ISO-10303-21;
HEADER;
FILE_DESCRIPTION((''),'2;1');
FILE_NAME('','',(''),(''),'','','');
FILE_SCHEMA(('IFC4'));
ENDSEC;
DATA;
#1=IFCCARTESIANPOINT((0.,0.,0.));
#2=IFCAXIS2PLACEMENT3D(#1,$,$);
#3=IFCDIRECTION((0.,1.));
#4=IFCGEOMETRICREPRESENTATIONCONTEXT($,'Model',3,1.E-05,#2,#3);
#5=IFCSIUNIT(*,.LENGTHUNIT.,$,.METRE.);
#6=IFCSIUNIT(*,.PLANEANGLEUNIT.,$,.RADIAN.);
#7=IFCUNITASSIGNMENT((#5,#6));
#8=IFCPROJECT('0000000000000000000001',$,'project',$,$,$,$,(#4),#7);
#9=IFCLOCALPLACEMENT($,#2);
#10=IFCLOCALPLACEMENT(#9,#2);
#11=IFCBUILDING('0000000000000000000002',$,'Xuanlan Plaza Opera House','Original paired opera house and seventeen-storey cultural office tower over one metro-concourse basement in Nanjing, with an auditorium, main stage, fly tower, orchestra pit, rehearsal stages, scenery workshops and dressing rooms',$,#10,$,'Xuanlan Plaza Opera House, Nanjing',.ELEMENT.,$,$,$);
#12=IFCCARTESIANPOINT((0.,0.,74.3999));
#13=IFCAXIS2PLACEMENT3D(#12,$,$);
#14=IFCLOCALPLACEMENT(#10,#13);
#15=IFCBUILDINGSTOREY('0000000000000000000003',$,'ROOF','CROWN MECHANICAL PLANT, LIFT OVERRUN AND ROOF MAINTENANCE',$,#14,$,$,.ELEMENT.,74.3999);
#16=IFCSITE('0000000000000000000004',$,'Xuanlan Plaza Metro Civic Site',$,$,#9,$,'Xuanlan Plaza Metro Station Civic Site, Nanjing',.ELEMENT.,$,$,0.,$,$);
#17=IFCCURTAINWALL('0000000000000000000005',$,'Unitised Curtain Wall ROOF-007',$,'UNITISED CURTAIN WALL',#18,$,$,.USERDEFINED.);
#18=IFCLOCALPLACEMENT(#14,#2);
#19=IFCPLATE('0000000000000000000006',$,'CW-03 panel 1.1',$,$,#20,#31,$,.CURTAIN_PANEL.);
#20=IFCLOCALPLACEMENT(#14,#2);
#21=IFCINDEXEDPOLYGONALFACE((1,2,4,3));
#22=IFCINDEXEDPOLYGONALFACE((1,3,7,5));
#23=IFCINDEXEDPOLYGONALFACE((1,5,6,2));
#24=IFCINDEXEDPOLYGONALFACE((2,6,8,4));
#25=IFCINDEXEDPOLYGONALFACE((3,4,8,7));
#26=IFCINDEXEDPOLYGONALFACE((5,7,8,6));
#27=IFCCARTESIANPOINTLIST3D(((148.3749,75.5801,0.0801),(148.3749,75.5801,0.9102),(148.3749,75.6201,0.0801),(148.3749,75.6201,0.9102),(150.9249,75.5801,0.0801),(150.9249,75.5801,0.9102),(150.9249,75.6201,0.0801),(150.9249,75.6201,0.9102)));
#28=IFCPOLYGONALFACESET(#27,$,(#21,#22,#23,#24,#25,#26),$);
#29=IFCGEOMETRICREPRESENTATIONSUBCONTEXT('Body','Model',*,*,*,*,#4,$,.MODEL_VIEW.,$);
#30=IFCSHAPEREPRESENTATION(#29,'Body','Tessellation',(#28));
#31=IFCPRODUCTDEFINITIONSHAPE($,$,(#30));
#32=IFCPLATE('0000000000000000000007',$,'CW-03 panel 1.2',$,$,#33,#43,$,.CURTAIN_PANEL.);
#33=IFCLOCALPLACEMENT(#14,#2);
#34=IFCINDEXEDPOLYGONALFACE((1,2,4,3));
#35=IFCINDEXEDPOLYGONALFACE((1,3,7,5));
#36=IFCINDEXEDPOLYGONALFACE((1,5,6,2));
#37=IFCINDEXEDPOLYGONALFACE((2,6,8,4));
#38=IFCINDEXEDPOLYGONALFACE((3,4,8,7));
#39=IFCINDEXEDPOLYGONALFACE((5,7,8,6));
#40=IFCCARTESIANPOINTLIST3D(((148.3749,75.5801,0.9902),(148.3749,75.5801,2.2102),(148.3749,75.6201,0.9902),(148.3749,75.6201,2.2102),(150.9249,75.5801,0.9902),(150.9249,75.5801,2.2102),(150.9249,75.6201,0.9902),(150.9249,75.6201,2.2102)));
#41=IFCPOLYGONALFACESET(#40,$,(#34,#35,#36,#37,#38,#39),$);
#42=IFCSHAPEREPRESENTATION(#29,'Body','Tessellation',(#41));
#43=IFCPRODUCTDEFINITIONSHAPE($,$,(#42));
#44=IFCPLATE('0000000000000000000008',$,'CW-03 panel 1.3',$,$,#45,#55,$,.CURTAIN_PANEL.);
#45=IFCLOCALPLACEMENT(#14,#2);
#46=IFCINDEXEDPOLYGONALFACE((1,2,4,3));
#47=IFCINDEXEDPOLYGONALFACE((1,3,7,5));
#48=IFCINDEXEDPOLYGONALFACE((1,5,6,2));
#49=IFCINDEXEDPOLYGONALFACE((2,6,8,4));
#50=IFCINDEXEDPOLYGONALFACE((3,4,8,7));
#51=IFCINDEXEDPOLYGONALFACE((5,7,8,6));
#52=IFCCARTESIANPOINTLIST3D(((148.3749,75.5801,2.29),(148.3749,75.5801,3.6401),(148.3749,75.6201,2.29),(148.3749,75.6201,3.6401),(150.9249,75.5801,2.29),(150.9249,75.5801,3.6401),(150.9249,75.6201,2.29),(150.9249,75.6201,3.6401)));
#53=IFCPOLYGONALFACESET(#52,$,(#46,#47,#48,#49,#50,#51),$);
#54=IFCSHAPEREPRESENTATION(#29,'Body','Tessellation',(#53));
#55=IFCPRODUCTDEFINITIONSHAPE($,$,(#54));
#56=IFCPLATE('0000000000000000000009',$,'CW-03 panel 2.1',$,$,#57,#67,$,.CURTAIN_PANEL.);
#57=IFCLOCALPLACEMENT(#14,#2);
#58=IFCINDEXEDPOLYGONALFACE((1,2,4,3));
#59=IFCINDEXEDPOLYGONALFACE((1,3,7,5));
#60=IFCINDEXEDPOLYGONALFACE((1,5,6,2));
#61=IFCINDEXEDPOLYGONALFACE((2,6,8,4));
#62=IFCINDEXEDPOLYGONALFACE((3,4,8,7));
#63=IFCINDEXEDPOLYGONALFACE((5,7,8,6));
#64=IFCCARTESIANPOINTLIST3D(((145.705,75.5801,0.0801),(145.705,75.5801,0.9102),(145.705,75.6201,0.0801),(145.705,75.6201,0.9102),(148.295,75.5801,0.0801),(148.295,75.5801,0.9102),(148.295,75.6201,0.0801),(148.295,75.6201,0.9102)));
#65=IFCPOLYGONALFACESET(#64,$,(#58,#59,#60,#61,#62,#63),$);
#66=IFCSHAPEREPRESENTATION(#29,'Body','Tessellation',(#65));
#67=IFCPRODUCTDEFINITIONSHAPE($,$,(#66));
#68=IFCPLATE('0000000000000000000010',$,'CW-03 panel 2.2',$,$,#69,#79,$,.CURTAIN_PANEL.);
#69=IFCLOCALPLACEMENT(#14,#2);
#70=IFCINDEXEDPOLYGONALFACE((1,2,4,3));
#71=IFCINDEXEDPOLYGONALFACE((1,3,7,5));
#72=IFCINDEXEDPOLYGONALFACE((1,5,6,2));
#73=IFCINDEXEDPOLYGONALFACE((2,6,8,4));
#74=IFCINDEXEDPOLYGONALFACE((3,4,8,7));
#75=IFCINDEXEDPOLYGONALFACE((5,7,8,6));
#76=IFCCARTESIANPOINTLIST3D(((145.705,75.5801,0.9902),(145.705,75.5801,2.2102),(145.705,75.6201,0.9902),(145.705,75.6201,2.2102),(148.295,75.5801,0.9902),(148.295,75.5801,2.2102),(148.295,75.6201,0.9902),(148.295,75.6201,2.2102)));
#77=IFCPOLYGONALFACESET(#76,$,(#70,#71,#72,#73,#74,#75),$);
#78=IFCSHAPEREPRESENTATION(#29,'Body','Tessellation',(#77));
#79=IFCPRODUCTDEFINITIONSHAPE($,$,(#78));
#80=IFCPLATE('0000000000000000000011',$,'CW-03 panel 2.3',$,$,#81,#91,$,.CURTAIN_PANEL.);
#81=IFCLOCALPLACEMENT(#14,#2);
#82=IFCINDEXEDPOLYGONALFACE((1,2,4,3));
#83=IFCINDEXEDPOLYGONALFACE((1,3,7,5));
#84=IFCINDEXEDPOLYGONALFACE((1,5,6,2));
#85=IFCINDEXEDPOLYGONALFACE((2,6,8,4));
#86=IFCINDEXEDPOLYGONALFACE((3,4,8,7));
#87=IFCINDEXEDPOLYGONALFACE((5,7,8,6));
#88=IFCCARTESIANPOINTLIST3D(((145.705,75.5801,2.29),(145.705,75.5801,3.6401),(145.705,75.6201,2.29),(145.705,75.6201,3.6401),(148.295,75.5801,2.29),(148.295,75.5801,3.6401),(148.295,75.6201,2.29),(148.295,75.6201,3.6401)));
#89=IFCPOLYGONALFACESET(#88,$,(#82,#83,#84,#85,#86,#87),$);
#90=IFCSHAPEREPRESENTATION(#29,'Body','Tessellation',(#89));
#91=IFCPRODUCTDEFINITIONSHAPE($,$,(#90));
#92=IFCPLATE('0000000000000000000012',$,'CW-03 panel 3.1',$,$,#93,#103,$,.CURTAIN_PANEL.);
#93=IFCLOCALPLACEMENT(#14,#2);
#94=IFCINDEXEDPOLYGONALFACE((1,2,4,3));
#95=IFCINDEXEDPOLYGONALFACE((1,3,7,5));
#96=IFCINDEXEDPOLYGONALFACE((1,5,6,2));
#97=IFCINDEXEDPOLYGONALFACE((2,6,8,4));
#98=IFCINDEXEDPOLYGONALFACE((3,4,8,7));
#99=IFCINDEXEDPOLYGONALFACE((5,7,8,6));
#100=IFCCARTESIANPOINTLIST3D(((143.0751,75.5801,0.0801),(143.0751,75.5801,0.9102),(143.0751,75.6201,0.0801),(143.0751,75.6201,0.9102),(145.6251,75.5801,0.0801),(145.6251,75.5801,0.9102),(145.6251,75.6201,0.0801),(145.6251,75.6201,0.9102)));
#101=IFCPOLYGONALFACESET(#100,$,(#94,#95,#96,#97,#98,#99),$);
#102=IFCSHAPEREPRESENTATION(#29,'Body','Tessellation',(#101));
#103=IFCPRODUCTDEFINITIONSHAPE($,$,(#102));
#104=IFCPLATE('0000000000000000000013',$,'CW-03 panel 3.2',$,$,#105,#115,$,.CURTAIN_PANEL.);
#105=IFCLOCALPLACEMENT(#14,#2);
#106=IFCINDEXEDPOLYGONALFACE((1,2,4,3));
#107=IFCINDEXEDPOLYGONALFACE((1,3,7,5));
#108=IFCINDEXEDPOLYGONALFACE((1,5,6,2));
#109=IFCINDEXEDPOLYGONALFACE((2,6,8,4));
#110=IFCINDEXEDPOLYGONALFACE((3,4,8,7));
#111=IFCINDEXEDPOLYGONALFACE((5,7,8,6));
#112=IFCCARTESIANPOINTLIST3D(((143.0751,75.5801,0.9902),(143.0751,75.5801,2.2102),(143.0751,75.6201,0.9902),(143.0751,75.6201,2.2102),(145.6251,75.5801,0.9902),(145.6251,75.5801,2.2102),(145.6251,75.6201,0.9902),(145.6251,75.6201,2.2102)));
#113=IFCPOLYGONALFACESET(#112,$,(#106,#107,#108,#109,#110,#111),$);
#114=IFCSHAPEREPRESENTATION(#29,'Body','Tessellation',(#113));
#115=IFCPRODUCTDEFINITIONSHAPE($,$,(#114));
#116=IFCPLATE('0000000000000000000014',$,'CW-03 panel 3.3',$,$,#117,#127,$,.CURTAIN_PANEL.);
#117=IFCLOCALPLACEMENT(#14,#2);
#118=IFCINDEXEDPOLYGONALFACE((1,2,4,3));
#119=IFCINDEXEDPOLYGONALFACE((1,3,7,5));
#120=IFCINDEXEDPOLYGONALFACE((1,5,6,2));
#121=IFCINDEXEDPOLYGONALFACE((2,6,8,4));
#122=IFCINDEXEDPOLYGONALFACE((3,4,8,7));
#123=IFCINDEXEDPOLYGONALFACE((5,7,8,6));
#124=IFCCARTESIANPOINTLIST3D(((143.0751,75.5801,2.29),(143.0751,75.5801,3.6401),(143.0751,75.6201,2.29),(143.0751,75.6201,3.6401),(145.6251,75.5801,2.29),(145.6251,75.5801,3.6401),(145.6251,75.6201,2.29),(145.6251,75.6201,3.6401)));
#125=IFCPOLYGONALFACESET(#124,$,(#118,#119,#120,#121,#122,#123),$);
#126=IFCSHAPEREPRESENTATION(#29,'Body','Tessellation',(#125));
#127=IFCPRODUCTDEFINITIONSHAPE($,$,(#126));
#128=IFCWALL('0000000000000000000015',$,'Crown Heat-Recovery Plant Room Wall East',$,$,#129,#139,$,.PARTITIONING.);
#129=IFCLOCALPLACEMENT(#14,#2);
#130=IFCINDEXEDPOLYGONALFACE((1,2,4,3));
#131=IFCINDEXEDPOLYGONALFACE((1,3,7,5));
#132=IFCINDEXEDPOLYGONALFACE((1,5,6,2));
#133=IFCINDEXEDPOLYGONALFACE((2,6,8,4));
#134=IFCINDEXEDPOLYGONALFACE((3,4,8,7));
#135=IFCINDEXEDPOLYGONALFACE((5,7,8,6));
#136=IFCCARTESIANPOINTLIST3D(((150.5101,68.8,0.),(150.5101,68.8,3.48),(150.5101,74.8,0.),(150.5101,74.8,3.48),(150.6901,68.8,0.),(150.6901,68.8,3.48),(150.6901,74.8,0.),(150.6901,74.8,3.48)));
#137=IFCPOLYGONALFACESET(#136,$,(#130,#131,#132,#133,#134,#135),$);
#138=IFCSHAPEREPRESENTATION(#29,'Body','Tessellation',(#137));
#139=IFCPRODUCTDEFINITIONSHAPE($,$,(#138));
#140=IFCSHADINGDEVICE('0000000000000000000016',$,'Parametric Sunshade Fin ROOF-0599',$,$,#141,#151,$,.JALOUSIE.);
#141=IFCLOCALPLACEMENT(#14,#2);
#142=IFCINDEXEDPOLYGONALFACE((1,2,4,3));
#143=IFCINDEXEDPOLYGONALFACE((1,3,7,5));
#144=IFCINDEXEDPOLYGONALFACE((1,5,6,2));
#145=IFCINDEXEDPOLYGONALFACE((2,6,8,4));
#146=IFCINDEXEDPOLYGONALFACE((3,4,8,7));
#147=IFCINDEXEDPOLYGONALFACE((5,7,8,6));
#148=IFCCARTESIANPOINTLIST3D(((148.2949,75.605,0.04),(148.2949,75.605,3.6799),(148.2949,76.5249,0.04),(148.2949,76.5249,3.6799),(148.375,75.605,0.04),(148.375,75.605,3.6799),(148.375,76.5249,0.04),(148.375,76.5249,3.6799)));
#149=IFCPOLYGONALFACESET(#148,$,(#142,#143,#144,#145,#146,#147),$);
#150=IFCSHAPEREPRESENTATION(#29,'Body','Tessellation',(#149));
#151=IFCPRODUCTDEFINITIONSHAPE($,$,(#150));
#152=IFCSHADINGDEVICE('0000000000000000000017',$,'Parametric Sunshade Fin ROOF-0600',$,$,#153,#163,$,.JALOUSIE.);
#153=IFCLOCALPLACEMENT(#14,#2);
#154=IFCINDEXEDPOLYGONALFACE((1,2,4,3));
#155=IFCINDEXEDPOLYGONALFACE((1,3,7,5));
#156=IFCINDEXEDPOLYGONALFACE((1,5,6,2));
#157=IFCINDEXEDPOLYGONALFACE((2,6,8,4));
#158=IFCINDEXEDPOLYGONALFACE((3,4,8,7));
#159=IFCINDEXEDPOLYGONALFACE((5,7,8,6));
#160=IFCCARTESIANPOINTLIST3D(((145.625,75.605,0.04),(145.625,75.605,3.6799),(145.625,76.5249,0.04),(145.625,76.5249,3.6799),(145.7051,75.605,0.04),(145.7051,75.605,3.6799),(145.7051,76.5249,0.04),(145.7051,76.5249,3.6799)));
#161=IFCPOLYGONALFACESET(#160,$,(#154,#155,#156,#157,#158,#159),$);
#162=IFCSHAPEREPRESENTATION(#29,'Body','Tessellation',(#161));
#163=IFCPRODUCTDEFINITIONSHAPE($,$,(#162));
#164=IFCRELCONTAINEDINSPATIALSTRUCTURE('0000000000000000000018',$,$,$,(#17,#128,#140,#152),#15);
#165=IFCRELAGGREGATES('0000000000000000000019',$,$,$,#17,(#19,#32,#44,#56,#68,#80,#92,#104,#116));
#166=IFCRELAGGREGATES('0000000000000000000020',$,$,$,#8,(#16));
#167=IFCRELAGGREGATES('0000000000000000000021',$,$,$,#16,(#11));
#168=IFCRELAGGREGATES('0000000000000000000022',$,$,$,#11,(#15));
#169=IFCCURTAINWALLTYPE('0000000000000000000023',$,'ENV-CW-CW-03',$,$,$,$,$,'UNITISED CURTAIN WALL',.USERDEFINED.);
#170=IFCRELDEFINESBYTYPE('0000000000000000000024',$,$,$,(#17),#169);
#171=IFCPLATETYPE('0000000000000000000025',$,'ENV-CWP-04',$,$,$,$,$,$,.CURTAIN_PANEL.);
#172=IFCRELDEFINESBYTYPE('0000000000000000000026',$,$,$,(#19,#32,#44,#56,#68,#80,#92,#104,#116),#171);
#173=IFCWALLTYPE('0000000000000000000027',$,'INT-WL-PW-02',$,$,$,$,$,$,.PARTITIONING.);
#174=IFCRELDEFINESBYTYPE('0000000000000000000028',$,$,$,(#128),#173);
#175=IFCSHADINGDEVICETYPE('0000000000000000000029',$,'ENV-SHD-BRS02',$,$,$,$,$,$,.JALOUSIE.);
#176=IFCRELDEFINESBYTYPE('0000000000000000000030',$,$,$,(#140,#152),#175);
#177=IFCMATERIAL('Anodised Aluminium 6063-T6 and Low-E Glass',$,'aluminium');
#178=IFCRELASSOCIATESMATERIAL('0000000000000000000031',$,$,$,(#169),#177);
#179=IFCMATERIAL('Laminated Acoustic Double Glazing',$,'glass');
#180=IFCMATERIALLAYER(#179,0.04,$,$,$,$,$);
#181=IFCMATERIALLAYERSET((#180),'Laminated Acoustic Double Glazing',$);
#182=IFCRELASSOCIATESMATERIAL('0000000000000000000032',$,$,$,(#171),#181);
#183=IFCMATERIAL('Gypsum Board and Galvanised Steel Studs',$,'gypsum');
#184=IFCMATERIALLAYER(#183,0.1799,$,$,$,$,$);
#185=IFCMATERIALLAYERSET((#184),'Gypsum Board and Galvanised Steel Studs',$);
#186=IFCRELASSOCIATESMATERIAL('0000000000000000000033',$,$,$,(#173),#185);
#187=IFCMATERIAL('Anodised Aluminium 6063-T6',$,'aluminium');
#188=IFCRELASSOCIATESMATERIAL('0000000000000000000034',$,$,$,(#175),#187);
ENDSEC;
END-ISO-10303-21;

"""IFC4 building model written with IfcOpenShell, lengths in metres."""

from ifc_helpers import new_model, si_unit, direction, frame, frame_2d, origin, origin_2d, place, context, subcontext, project, spatial, rectangle, extrude, material, layer, layer_set, type_object, element, aggregate, save


model = new_model("IFC4")

# Units and contexts
model_context = context("Model", 3, precision=1e-05, world=origin(), true_north=direction((0.0, 1.0)))
body_context = subcontext(model_context, "Body", "Model", "MODEL_VIEW")
ifc_project = project(units=[si_unit("LENGTHUNIT", "METRE"), si_unit("PLANEANGLEUNIT", "RADIAN")], contexts=[model_context])

# Site, building, storey
site_placement = place(None, origin())
site = spatial("IfcSite", under=ifc_project, at=site_placement, Name="Xuanlan Plaza Metro Civic Site", LongName="Xuanlan Plaza Metro Station Civic Site, Nanjing", CompositionType="ELEMENT", RefElevation=0.0)
building_placement = place(site_placement, origin())
building = spatial("IfcBuilding", under=site, at=building_placement, Name="Xuanlan Plaza Opera House", Description="Original paired opera house and seventeen-storey cultural office tower over one metro-concourse basement in Nanjing, with an auditorium, main stage, fly tower, orchestra pit, rehearsal stages, scenery workshops and dressing rooms", LongName="Xuanlan Plaza Opera House, Nanjing", CompositionType="ELEMENT")
storey_placement = place(building_placement, frame((0.0, 0.0, 74.3999)))
storey = spatial("IfcBuildingStorey", under=building, at=storey_placement, Name="ROOF", Description="CROWN MECHANICAL PLANT, LIFT OVERRUN AND ROOF MAINTENANCE", CompositionType="ELEMENT", Elevation=74.3999)

# Curtain wall, plates
ifc_material_1 = material(Name="Anodised Aluminium 6063-T6 and Low-E Glass", Category="aluminium")
curtain_wall_type = type_object("IfcCurtainWallType", Name="ENV-CW-CW-03", ElementType="UNITISED CURTAIN WALL", PredefinedType="USERDEFINED", material=ifc_material_1)
curtain_wall_placement = place(storey_placement, origin())
curtain_wall = element("IfcCurtainWall", 1, at=curtain_wall_placement, inside=storey, type_object=curtain_wall_type, Name="Unitised Curtain Wall ROOF-007", ObjectType="UNITISED CURTAIN WALL", PredefinedType="USERDEFINED")
ifc_material_2 = material(Name="Anodised Aluminium 6063-T6", Category="aluminium")
ifc_material_3 = material(Name="Laminated Acoustic Double Glazing", Category="glass")
ifc_layer_1 = layer(ifc_material_3, 0.04)
ifc_layer_set_1 = layer_set([ifc_layer_1], Name="Laminated Acoustic Double Glazing")
plate_type = type_object("IfcPlateType", Name="ENV-CWP-04", PredefinedType="CURTAIN_PANEL", material=ifc_layer_set_1)
plate_1_placement = place(storey_placement, frame((149.6499, 75.6001, 0.0801), z_axis=(0.0, 0.0, 1.0), x_axis=(-1.0, 0.0, 0.0)))
plate_1 = element("IfcPlate", 2, at=plate_1_placement, type_object=plate_type, Name="CW-03 panel 1.1", PredefinedType="CURTAIN_PANEL", context=body_context, shape_type="SweptSolid", body=[
    extrude(rectangle(XDim=2.55, YDim=0.04, at=origin_2d()), origin(), (0.0, 0.0, 1.0), 0.8301),
])
plate_2_placement = place(storey_placement, frame((149.6499, 75.6001, 0.9902), z_axis=(0.0, 0.0, 1.0), x_axis=(-1.0, 0.0, 0.0)))
plate_2 = element("IfcPlate", 3, at=plate_2_placement, type_object=plate_type, Name="CW-03 panel 1.2", PredefinedType="CURTAIN_PANEL", context=body_context, shape_type="SweptSolid", body=[
    extrude(rectangle(XDim=2.55, YDim=0.04, at=origin_2d()), origin(), (0.0, 0.0, 1.0), 1.22),
])
plate_3_placement = place(storey_placement, frame((149.6499, 75.6001, 2.29), z_axis=(0.0, 0.0, 1.0), x_axis=(-1.0, 0.0, 0.0)))
plate_3 = element("IfcPlate", 4, at=plate_3_placement, type_object=plate_type, Name="CW-03 panel 1.3", PredefinedType="CURTAIN_PANEL", context=body_context, shape_type="SweptSolid", body=[
    extrude(rectangle(XDim=2.55, YDim=0.04, at=origin_2d()), origin(), (0.0, 0.0, 1.0), 1.3501),
])
plate_4_placement = place(storey_placement, frame((147.0, 75.6001, 0.0801), z_axis=(0.0, 0.0, 1.0), x_axis=(-1.0, 0.0, 0.0)))
plate_4 = element("IfcPlate", 5, at=plate_4_placement, type_object=plate_type, Name="CW-03 panel 2.1", PredefinedType="CURTAIN_PANEL", context=body_context, shape_type="SweptSolid", body=[
    extrude(rectangle(XDim=2.5901, YDim=0.04, at=origin_2d()), origin(), (0.0, 0.0, 1.0), 0.8301),
])
plate_5_placement = place(storey_placement, frame((147.0, 75.6001, 0.9902), z_axis=(0.0, 0.0, 1.0), x_axis=(-1.0, 0.0, 0.0)))
plate_5 = element("IfcPlate", 6, at=plate_5_placement, type_object=plate_type, Name="CW-03 panel 2.2", PredefinedType="CURTAIN_PANEL", context=body_context, shape_type="SweptSolid", body=[
    extrude(rectangle(XDim=2.5901, YDim=0.04, at=origin_2d()), origin(), (0.0, 0.0, 1.0), 1.22),
])
plate_6_placement = place(storey_placement, frame((147.0, 75.6001, 2.29), z_axis=(0.0, 0.0, 1.0), x_axis=(-1.0, 0.0, 0.0)))
plate_6 = element("IfcPlate", 7, at=plate_6_placement, type_object=plate_type, Name="CW-03 panel 2.3", PredefinedType="CURTAIN_PANEL", context=body_context, shape_type="SweptSolid", body=[
    extrude(rectangle(XDim=2.5901, YDim=0.04, at=origin_2d()), origin(), (0.0, 0.0, 1.0), 1.3501),
])
plate_7_placement = place(storey_placement, frame((144.3501, 75.6001, 0.0801), z_axis=(0.0, 0.0, 1.0), x_axis=(-1.0, 0.0, 0.0)))
plate_7 = element("IfcPlate", 8, at=plate_7_placement, type_object=plate_type, Name="CW-03 panel 3.1", PredefinedType="CURTAIN_PANEL", context=body_context, shape_type="SweptSolid", body=[
    extrude(rectangle(XDim=2.55, YDim=0.04, at=origin_2d()), origin(), (0.0, 0.0, 1.0), 0.8301),
])
plate_8_placement = place(storey_placement, frame((144.3501, 75.6001, 0.9902), z_axis=(0.0, 0.0, 1.0), x_axis=(-1.0, 0.0, 0.0)))
plate_8 = element("IfcPlate", 9, at=plate_8_placement, type_object=plate_type, Name="CW-03 panel 3.2", PredefinedType="CURTAIN_PANEL", context=body_context, shape_type="SweptSolid", body=[
    extrude(rectangle(XDim=2.55, YDim=0.04, at=origin_2d()), origin(), (0.0, 0.0, 1.0), 1.22),
])
plate_9_placement = place(storey_placement, frame((144.3501, 75.6001, 2.29), z_axis=(0.0, 0.0, 1.0), x_axis=(-1.0, 0.0, 0.0)))
plate_9 = element("IfcPlate", 10, at=plate_9_placement, type_object=plate_type, Name="CW-03 panel 3.3", PredefinedType="CURTAIN_PANEL", context=body_context, shape_type="SweptSolid", body=[
    extrude(rectangle(XDim=2.55, YDim=0.04, at=origin_2d()), origin(), (0.0, 0.0, 1.0), 1.3501),
])
aggregate(curtain_wall, [plate_1, plate_2, plate_3, plate_4, plate_5, plate_6, plate_7, plate_8, plate_9])

# Wall
ifc_material_4 = material(Name="Gypsum Board and Galvanised Steel Studs", Category="gypsum")
ifc_layer_2 = layer(ifc_material_4, 0.1799)
ifc_layer_set_2 = layer_set([ifc_layer_2], Name="Gypsum Board and Galvanised Steel Studs")
wall_type = type_object("IfcWallType", Name="INT-WL-PW-02", PredefinedType="PARTITIONING", material=ifc_layer_set_2)
wall_placement = place(storey_placement, frame((150.6001, 68.8, 0.0), z_axis=(0.0, 0.0, 1.0), x_axis=(0.0, 1.0, 0.0)))
element("IfcWall", 11, at=wall_placement, inside=storey, type_object=wall_type, Name="Crown Heat-Recovery Plant Room Wall East", PredefinedType="PARTITIONING", context=body_context, shape_type="SweptSolid", body=[
    extrude(rectangle(XDim=6.0, YDim=0.1799, at=frame_2d((3.0, 0.0))), origin(), (0.0, 0.0, 1.0), 3.48),
])

# Shading devices
shading_device_type = type_object("IfcShadingDeviceType", Name="ENV-SHD-BRS02", PredefinedType="JALOUSIE", material=ifc_material_2)
for number, where, z_axis, x_axis, name in (
    (12, (148.335, 76.0649, 0.04), (0.0, 0.0, 1.0), (0.0, 1.0, 0.0), "Parametric Sunshade Fin ROOF-0599"),
    (13, (145.665, 76.0649, 0.04), (0.0, 0.0, 1.0), (0.0, 1.0, 0.0), "Parametric Sunshade Fin ROOF-0600"),
):
    element("IfcShadingDevice", number, at=place(storey_placement, frame(where, z_axis=z_axis, x_axis=x_axis)), inside=storey, type_object=shading_device_type, Name=name, PredefinedType="JALOUSIE", context=body_context, shape_type="SweptSolid", body=[
        extrude(rectangle(XDim=0.9199, YDim=0.0801, at=origin_2d()), origin(), (0.0, 0.0, 1.0), 3.6399),
    ])

save(model, "model.ifc")
